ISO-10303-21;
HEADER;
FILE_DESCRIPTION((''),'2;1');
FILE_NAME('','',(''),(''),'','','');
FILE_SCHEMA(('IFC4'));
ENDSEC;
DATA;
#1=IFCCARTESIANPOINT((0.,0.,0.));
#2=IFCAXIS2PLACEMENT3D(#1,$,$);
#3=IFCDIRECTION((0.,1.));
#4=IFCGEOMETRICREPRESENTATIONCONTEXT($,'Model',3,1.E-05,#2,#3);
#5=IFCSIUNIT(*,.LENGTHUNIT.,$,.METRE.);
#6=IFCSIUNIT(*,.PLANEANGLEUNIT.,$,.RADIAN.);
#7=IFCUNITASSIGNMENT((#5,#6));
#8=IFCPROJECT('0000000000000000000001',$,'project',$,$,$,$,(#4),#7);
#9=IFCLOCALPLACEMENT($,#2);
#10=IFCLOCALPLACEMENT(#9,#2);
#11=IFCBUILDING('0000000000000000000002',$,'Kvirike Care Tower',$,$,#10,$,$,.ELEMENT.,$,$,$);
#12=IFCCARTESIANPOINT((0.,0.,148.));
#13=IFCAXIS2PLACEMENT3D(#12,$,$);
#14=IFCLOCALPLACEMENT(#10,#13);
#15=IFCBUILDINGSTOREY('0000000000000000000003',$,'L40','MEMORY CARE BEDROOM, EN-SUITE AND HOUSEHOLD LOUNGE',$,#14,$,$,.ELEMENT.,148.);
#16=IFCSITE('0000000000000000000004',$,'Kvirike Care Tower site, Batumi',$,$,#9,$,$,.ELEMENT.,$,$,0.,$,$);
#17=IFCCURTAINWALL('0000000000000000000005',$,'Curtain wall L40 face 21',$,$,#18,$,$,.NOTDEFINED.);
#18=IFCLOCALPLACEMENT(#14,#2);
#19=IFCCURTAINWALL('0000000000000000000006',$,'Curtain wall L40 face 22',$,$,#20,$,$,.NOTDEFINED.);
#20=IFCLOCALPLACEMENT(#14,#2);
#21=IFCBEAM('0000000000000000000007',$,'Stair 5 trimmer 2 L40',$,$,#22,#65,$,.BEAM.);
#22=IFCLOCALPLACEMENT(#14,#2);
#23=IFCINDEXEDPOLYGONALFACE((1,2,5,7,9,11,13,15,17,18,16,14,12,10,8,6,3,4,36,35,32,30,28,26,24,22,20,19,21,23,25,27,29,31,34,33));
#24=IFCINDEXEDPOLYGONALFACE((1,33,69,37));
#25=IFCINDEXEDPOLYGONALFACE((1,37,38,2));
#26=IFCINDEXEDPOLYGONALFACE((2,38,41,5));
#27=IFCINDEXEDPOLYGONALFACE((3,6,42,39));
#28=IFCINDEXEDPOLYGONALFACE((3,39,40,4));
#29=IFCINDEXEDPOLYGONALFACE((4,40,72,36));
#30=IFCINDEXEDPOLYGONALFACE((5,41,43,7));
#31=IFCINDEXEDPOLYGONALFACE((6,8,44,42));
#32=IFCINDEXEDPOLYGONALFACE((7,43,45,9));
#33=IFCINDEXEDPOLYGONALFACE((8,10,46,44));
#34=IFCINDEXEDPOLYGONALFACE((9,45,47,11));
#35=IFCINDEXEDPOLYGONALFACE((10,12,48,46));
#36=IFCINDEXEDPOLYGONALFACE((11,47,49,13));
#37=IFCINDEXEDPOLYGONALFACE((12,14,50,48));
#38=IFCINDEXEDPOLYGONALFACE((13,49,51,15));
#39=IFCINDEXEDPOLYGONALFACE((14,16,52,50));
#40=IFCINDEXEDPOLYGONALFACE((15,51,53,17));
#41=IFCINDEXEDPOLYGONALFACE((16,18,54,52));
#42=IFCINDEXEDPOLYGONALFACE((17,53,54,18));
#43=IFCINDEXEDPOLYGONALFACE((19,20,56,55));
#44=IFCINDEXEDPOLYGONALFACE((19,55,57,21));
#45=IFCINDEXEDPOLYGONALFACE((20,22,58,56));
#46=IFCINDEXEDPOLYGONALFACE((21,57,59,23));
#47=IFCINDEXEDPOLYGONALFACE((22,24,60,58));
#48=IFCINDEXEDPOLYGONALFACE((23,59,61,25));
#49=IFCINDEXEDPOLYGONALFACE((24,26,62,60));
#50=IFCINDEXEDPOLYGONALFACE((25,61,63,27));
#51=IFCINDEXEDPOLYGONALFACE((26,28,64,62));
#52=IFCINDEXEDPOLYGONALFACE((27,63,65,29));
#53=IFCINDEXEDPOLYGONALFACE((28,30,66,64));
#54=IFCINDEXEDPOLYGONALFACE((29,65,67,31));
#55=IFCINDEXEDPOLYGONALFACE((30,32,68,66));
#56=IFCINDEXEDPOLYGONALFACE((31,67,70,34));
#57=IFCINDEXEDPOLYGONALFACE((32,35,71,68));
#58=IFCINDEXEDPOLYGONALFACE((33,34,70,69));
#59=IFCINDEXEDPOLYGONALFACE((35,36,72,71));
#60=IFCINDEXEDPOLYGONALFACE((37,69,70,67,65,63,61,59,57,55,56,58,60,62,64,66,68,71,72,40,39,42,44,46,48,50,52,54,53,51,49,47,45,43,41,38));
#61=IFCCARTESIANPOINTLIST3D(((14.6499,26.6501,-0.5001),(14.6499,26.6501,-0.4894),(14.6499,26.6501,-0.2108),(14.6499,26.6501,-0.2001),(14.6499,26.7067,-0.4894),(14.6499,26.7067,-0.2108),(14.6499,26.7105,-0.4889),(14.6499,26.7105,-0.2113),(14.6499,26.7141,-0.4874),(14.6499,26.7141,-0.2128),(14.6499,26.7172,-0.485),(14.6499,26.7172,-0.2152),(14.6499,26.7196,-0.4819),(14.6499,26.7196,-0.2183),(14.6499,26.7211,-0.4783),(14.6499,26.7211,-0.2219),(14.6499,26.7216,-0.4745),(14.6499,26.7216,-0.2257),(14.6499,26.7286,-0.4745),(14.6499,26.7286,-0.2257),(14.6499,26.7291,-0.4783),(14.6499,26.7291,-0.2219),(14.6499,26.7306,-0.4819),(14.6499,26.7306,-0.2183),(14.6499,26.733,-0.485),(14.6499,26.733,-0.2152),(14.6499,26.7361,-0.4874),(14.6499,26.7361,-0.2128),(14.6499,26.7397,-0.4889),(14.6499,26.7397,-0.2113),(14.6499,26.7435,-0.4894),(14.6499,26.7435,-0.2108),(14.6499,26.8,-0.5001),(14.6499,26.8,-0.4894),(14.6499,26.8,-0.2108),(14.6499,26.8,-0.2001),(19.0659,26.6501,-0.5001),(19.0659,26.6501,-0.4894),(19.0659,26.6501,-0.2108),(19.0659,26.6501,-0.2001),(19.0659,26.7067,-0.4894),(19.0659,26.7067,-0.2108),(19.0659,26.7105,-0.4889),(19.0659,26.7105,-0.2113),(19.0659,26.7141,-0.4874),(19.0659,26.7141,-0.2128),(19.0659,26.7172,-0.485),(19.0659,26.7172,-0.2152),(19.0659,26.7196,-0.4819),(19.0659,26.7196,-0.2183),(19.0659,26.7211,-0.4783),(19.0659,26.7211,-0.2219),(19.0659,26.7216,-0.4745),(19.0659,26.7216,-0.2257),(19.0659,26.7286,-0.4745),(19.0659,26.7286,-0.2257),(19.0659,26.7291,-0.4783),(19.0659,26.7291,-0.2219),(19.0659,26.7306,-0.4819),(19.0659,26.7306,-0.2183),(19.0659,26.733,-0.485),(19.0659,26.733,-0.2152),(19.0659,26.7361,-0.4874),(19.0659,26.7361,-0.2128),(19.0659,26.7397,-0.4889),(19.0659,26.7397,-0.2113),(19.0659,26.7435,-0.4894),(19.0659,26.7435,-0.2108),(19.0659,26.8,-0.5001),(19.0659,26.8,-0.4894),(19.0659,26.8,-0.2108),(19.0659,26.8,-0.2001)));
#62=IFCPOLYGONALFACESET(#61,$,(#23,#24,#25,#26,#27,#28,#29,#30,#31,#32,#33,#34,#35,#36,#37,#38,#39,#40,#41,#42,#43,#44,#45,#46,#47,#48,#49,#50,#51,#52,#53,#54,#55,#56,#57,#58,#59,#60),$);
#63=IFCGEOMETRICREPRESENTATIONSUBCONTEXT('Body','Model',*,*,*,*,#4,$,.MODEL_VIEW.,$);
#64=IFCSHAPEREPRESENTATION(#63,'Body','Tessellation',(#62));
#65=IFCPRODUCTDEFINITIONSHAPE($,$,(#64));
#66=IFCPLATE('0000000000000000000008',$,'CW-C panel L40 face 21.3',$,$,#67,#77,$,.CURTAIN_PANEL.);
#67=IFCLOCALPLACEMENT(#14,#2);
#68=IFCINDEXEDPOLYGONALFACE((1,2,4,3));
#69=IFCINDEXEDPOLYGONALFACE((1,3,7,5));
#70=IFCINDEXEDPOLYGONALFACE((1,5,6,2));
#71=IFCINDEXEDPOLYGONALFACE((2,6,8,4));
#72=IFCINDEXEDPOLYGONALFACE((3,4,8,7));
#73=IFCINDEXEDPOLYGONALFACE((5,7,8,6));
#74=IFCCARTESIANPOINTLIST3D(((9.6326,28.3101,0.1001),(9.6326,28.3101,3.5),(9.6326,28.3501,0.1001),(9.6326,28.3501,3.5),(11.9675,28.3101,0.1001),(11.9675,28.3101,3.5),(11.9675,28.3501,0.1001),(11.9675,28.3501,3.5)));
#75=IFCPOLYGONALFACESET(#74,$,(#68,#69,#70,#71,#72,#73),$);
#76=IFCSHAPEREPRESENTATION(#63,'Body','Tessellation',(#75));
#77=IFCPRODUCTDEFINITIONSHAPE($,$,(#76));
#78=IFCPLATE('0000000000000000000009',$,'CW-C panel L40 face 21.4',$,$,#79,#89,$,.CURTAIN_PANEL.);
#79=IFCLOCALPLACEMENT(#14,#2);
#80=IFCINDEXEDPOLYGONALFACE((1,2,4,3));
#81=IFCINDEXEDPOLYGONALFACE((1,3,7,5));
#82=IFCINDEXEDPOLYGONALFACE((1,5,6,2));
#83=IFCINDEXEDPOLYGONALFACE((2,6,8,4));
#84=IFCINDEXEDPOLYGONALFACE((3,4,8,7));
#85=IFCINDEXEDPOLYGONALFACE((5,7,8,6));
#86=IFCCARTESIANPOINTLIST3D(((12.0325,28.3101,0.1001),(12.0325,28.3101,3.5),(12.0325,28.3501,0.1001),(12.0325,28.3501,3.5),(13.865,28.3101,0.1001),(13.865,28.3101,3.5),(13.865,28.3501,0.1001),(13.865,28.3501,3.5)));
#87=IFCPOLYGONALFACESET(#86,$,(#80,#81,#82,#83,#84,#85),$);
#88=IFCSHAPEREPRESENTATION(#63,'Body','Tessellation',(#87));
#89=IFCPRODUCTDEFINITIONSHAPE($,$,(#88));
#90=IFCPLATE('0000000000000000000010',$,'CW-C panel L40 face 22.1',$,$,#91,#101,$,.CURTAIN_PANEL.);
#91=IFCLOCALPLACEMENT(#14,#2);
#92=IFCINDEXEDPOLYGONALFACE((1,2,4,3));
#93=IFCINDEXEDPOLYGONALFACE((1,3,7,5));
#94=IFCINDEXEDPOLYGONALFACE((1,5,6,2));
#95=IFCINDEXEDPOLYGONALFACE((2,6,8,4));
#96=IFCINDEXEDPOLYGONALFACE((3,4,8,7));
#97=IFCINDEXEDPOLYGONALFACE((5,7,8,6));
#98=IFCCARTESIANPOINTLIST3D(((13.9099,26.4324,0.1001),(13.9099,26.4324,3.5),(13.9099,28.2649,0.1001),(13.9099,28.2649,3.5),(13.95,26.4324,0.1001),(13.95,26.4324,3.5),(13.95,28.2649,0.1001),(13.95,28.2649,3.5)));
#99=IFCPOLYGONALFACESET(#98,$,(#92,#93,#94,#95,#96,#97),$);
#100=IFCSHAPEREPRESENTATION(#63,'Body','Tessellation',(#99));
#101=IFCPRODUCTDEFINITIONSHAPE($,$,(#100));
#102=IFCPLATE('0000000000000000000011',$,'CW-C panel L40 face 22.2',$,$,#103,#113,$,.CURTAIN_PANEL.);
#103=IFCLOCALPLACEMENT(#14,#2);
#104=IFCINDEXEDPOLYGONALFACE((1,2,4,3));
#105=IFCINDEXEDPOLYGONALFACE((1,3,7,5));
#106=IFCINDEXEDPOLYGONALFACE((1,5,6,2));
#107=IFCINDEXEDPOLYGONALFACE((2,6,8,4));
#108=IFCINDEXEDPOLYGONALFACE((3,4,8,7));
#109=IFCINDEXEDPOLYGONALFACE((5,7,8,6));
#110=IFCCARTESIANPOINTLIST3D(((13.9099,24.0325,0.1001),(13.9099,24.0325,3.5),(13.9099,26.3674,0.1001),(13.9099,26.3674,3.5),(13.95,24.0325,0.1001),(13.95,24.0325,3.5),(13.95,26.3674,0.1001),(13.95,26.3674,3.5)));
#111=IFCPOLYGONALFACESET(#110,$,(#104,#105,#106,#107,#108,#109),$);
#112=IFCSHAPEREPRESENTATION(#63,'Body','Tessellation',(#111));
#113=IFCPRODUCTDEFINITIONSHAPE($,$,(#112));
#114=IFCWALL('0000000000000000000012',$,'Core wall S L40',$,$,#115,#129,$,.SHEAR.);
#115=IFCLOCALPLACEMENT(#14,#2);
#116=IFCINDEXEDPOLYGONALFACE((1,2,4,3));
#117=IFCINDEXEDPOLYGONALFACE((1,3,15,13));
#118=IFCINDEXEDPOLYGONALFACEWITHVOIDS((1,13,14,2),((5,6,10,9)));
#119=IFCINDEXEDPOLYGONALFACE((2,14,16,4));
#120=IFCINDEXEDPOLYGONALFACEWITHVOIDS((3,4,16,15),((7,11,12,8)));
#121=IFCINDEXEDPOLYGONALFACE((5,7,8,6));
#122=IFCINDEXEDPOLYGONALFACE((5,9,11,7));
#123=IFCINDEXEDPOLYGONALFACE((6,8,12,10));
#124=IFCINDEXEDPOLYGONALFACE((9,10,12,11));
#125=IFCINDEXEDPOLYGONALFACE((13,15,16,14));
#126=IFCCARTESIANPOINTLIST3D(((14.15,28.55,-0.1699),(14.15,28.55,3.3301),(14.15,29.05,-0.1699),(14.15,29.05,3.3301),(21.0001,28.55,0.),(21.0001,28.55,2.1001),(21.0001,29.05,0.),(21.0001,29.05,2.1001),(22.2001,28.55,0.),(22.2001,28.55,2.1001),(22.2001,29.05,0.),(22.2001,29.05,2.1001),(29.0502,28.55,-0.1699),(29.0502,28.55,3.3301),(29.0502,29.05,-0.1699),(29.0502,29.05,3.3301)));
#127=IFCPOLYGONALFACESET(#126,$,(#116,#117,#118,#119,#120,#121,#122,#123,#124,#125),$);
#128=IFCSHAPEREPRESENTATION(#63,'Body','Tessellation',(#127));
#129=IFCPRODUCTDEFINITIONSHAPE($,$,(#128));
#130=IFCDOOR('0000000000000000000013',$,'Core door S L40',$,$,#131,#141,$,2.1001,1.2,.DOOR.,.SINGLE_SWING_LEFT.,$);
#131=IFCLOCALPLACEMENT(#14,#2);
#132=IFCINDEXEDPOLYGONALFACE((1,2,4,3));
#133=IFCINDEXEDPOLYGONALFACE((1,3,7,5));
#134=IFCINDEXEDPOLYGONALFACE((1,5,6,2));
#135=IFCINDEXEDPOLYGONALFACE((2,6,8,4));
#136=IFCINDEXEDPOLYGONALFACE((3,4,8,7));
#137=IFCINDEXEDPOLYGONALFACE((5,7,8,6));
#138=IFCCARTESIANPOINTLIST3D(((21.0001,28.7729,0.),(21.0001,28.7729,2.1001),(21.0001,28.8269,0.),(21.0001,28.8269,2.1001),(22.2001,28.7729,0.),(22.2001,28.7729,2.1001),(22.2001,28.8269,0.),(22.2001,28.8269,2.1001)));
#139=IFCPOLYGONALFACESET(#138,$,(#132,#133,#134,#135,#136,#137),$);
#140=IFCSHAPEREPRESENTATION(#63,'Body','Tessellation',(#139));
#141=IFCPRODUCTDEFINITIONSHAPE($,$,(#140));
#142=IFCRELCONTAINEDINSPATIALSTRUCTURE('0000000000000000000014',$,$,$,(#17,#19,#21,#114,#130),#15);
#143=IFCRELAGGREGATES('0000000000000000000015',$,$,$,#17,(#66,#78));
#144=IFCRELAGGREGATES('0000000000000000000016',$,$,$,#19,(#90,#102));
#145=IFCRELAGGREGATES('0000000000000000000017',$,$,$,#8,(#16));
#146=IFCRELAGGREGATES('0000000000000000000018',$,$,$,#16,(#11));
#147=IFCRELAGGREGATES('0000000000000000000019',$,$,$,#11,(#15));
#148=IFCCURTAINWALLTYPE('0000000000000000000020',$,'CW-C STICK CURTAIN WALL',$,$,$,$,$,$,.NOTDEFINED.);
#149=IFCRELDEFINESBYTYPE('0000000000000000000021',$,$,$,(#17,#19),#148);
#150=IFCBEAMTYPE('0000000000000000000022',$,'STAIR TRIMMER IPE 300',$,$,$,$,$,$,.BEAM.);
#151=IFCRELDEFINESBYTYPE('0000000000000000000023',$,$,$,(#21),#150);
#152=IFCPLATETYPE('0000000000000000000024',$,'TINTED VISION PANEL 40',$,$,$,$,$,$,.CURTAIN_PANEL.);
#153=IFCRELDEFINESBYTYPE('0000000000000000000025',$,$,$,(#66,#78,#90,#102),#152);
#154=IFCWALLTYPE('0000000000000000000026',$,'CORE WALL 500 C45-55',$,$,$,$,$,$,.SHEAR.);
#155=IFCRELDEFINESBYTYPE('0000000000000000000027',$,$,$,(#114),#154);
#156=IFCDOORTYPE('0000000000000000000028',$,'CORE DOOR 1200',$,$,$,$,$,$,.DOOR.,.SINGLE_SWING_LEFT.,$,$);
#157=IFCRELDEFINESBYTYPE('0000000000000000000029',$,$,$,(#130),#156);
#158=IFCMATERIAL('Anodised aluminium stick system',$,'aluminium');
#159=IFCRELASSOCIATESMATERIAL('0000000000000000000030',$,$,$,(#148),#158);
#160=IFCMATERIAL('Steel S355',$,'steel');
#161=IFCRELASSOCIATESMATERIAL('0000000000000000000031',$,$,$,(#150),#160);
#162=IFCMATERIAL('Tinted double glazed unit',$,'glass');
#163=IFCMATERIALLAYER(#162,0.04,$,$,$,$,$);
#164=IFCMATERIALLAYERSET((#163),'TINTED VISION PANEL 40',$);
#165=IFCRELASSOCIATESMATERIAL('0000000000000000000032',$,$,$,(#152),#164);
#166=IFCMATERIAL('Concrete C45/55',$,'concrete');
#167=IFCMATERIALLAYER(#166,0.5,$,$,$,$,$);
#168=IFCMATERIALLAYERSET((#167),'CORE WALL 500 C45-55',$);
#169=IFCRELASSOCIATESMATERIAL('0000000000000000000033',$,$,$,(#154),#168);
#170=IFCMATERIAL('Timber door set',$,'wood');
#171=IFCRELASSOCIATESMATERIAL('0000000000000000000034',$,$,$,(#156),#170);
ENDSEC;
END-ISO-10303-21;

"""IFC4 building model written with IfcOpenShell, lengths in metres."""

from ifc_helpers import new_model, si_unit, direction, frame, frame_2d, origin, origin_2d, place, context, subcontext, project, spatial, rectangle, i_section, extrude, material, layer, layer_set, material_profile, profile_set, type_object, element, fill, aggregate, save


model = new_model("IFC4")

# Units and contexts
model_context = context("Model", 3, precision=1e-05, world=origin(), true_north=direction((0.0, 1.0)))
body_context = subcontext(model_context, "Body", "Model", "MODEL_VIEW")
ifc_project = project(units=[si_unit("LENGTHUNIT", "METRE"), si_unit("PLANEANGLEUNIT", "RADIAN")], contexts=[model_context])

# Site, building, storey
site_placement = place(None, origin())
site = spatial("IfcSite", under=ifc_project, at=site_placement, Name="Kvirike Care Tower site, Batumi", CompositionType="ELEMENT", RefElevation=0.0)
building_placement = place(site_placement, origin())
building = spatial("IfcBuilding", under=site, at=building_placement, Name="Kvirike Care Tower", CompositionType="ELEMENT")
storey_placement = place(building_placement, frame((0.0, 0.0, 148.0)))
storey = spatial("IfcBuildingStorey", under=building, at=storey_placement, Name="L40", Description="MEMORY CARE BEDROOM, EN-SUITE AND HOUSEHOLD LOUNGE", CompositionType="ELEMENT", Elevation=148.0)

# Curtain walls
ifc_material_1 = material(Name="Anodised aluminium stick system", Category="aluminium")
curtain_wall_type = type_object("IfcCurtainWallType", Name="CW-C STICK CURTAIN WALL", PredefinedType="NOTDEFINED", material=ifc_material_1)
curtain_wall_1_placement = place(storey_placement, origin())
curtain_wall_1 = element("IfcCurtainWall", 1, at=curtain_wall_1_placement, inside=storey, type_object=curtain_wall_type, Name="Curtain wall L40 face 21", PredefinedType="NOTDEFINED")
curtain_wall_2_placement = place(storey_placement, origin())
curtain_wall_2 = element("IfcCurtainWall", 2, at=curtain_wall_2_placement, inside=storey, type_object=curtain_wall_type, Name="Curtain wall L40 face 22", PredefinedType="NOTDEFINED")

# Beam
ifc_material_2 = material(Name="Steel S355", Category="steel")
ifc_material_profile_1 = material_profile(ifc_material_2, i_section(OverallWidth=0.1499, OverallDepth=0.3, WebThickness=0.0071, FlangeThickness=0.0107, FilletRadius=0.0149, at=origin_2d()), Name="IPE 300")
ifc_profile_set_1 = profile_set([ifc_material_profile_1], Name="Steel S355")
beam_type_1 = type_object("IfcBeamType", Name="STAIR TRIMMER IPE 300", PredefinedType="BEAM", material=ifc_profile_set_1)
for number, where, z_axis, x_axis, name in (
    (3, (14.6499, 26.7251, -0.3501), (1.0, 0.0, 0.0), (0.0, 1.0, 0.0), "Stair 5 trimmer 2 L40"),
):
    element("IfcBeam", number, at=place(storey_placement, frame(where, z_axis=z_axis, x_axis=x_axis)), inside=storey, type_object=beam_type_1, Name=name, PredefinedType="BEAM", context=body_context, shape_type="SweptSolid", body=[
        extrude(i_section(OverallWidth=0.1499, OverallDepth=0.3, WebThickness=0.0071, FlangeThickness=0.0107, FilletRadius=0.0149, at=origin_2d()), origin(), (0.0, 0.0, 1.0), 4.416),
    ])

# Plates
ifc_material_3 = material(Name="Tinted double glazed unit", Category="glass")
ifc_layer_1 = layer(ifc_material_3, 0.04)
ifc_layer_set_1 = layer_set([ifc_layer_1], Name="TINTED VISION PANEL 40")
plate_type = type_object("IfcPlateType", Name="TINTED VISION PANEL 40", PredefinedType="CURTAIN_PANEL", material=ifc_layer_set_1)
plate_1_placement = place(storey_placement, frame((10.8, 28.3301, 0.1001), z_axis=(0.0, 0.0, 1.0), x_axis=(1.0, 0.0, 0.0)))
plate_1 = element("IfcPlate", 4, at=plate_1_placement, type_object=plate_type, Name="CW-C panel L40 face 21.3", PredefinedType="CURTAIN_PANEL", context=body_context, shape_type="SweptSolid", body=[
    extrude(rectangle(XDim=2.335, YDim=0.04, at=origin_2d()), origin(), (0.0, 0.0, 1.0), 3.3999),
])
plate_2_placement = place(storey_placement, frame((12.9487, 28.3301, 0.1001), z_axis=(0.0, 0.0, 1.0), x_axis=(1.0, 0.0, 0.0)))
plate_2 = element("IfcPlate", 5, at=plate_2_placement, type_object=plate_type, Name="CW-C panel L40 face 21.4", PredefinedType="CURTAIN_PANEL", context=body_context, shape_type="SweptSolid", body=[
    extrude(rectangle(XDim=1.8325, YDim=0.04, at=origin_2d()), origin(), (0.0, 0.0, 1.0), 3.3999),
])
aggregate(curtain_wall_1, [plate_1, plate_2])
plate_3_placement = place(storey_placement, frame((13.9299, 27.3486, 0.1001), z_axis=(0.0, 0.0, 1.0), x_axis=(0.0, -1.0, 0.0)))
plate_3 = element("IfcPlate", 6, at=plate_3_placement, type_object=plate_type, Name="CW-C panel L40 face 22.1", PredefinedType="CURTAIN_PANEL", context=body_context, shape_type="SweptSolid", body=[
    extrude(rectangle(XDim=1.8325, YDim=0.04, at=origin_2d()), origin(), (0.0, 0.0, 1.0), 3.3999),
])
plate_4_placement = place(storey_placement, frame((13.9299, 25.2, 0.1001), z_axis=(0.0, 0.0, 1.0), x_axis=(0.0, -1.0, 0.0)))
plate_4 = element("IfcPlate", 7, at=plate_4_placement, type_object=plate_type, Name="CW-C panel L40 face 22.2", PredefinedType="CURTAIN_PANEL", context=body_context, shape_type="SweptSolid", body=[
    extrude(rectangle(XDim=2.335, YDim=0.04, at=origin_2d()), origin(), (0.0, 0.0, 1.0), 3.3999),
])
aggregate(curtain_wall_2, [plate_3, plate_4])

# Wall, opening, door
ifc_material_4 = material(Name="Concrete C45/55", Category="concrete")
ifc_layer_2 = layer(ifc_material_4, 0.5)
ifc_layer_set_2 = layer_set([ifc_layer_2], Name="CORE WALL 500 C45-55")
wall_type_1 = type_object("IfcWallType", Name="CORE WALL 500 C45-55", PredefinedType="SHEAR", material=ifc_layer_set_2)
wall_1_placement = place(storey_placement, frame((14.1499, 28.8, -0.1699), z_axis=(0.0, 0.0, 1.0), x_axis=(1.0, 0.0, 0.0)))
wall_1 = element("IfcWall", 8, at=wall_1_placement, inside=storey, type_object=wall_type_1, Name="Core wall S L40", PredefinedType="SHEAR", context=body_context, shape_type="SweptSolid", body=[
    extrude(rectangle(XDim=14.9001, YDim=0.5, at=frame_2d((7.4502, 0.0))), origin(), (0.0, 0.0, 1.0), 3.5),
])
opening_1_placement = place(wall_1_placement, frame((6.8501, 0.0, 0.1699)))
opening_1 = element("IfcOpeningElement", 9, at=opening_1_placement, cuts=wall_1, PredefinedType="OPENING", context=body_context, shape_type="SweptSolid", body=[
    extrude(rectangle(XDim=1.2, YDim=2.1001, at=frame_2d((0.6001, 1.05))), frame((0.0, 0.2605, 0.0), z_axis=(0.0, -1.0, 0.0), x_axis=(1.0, 0.0, 0.0)), (0.0, 0.0, 1.0), 0.521),
])
ifc_material_5 = material(Name="Timber door set", Category="wood")
door_type_1 = type_object("IfcDoorType", Name="CORE DOOR 1200", OperationType="SINGLE_SWING_LEFT", PredefinedType="DOOR", material=ifc_material_5)
door_1_placement = place(opening_1_placement, origin())
door_1 = element("IfcDoor", 10, at=door_1_placement, inside=storey, type_object=door_type_1, Name="Core door S L40", OperationType="SINGLE_SWING_LEFT", OverallHeight=2.1001, OverallWidth=1.2, PredefinedType="DOOR", context=body_context, shape_type="SweptSolid", body=[
    extrude(rectangle(XDim=1.2, YDim=2.1001, at=frame_2d((0.6001, 1.05))), frame((0.0, 0.0269, 0.0), z_axis=(0.0, -1.0, 0.0), x_axis=(1.0, 0.0, 0.0)), (0.0, 0.0, 1.0), 0.054),
])
fill(opening_1, door_1)

save(model, "model.ifc")
